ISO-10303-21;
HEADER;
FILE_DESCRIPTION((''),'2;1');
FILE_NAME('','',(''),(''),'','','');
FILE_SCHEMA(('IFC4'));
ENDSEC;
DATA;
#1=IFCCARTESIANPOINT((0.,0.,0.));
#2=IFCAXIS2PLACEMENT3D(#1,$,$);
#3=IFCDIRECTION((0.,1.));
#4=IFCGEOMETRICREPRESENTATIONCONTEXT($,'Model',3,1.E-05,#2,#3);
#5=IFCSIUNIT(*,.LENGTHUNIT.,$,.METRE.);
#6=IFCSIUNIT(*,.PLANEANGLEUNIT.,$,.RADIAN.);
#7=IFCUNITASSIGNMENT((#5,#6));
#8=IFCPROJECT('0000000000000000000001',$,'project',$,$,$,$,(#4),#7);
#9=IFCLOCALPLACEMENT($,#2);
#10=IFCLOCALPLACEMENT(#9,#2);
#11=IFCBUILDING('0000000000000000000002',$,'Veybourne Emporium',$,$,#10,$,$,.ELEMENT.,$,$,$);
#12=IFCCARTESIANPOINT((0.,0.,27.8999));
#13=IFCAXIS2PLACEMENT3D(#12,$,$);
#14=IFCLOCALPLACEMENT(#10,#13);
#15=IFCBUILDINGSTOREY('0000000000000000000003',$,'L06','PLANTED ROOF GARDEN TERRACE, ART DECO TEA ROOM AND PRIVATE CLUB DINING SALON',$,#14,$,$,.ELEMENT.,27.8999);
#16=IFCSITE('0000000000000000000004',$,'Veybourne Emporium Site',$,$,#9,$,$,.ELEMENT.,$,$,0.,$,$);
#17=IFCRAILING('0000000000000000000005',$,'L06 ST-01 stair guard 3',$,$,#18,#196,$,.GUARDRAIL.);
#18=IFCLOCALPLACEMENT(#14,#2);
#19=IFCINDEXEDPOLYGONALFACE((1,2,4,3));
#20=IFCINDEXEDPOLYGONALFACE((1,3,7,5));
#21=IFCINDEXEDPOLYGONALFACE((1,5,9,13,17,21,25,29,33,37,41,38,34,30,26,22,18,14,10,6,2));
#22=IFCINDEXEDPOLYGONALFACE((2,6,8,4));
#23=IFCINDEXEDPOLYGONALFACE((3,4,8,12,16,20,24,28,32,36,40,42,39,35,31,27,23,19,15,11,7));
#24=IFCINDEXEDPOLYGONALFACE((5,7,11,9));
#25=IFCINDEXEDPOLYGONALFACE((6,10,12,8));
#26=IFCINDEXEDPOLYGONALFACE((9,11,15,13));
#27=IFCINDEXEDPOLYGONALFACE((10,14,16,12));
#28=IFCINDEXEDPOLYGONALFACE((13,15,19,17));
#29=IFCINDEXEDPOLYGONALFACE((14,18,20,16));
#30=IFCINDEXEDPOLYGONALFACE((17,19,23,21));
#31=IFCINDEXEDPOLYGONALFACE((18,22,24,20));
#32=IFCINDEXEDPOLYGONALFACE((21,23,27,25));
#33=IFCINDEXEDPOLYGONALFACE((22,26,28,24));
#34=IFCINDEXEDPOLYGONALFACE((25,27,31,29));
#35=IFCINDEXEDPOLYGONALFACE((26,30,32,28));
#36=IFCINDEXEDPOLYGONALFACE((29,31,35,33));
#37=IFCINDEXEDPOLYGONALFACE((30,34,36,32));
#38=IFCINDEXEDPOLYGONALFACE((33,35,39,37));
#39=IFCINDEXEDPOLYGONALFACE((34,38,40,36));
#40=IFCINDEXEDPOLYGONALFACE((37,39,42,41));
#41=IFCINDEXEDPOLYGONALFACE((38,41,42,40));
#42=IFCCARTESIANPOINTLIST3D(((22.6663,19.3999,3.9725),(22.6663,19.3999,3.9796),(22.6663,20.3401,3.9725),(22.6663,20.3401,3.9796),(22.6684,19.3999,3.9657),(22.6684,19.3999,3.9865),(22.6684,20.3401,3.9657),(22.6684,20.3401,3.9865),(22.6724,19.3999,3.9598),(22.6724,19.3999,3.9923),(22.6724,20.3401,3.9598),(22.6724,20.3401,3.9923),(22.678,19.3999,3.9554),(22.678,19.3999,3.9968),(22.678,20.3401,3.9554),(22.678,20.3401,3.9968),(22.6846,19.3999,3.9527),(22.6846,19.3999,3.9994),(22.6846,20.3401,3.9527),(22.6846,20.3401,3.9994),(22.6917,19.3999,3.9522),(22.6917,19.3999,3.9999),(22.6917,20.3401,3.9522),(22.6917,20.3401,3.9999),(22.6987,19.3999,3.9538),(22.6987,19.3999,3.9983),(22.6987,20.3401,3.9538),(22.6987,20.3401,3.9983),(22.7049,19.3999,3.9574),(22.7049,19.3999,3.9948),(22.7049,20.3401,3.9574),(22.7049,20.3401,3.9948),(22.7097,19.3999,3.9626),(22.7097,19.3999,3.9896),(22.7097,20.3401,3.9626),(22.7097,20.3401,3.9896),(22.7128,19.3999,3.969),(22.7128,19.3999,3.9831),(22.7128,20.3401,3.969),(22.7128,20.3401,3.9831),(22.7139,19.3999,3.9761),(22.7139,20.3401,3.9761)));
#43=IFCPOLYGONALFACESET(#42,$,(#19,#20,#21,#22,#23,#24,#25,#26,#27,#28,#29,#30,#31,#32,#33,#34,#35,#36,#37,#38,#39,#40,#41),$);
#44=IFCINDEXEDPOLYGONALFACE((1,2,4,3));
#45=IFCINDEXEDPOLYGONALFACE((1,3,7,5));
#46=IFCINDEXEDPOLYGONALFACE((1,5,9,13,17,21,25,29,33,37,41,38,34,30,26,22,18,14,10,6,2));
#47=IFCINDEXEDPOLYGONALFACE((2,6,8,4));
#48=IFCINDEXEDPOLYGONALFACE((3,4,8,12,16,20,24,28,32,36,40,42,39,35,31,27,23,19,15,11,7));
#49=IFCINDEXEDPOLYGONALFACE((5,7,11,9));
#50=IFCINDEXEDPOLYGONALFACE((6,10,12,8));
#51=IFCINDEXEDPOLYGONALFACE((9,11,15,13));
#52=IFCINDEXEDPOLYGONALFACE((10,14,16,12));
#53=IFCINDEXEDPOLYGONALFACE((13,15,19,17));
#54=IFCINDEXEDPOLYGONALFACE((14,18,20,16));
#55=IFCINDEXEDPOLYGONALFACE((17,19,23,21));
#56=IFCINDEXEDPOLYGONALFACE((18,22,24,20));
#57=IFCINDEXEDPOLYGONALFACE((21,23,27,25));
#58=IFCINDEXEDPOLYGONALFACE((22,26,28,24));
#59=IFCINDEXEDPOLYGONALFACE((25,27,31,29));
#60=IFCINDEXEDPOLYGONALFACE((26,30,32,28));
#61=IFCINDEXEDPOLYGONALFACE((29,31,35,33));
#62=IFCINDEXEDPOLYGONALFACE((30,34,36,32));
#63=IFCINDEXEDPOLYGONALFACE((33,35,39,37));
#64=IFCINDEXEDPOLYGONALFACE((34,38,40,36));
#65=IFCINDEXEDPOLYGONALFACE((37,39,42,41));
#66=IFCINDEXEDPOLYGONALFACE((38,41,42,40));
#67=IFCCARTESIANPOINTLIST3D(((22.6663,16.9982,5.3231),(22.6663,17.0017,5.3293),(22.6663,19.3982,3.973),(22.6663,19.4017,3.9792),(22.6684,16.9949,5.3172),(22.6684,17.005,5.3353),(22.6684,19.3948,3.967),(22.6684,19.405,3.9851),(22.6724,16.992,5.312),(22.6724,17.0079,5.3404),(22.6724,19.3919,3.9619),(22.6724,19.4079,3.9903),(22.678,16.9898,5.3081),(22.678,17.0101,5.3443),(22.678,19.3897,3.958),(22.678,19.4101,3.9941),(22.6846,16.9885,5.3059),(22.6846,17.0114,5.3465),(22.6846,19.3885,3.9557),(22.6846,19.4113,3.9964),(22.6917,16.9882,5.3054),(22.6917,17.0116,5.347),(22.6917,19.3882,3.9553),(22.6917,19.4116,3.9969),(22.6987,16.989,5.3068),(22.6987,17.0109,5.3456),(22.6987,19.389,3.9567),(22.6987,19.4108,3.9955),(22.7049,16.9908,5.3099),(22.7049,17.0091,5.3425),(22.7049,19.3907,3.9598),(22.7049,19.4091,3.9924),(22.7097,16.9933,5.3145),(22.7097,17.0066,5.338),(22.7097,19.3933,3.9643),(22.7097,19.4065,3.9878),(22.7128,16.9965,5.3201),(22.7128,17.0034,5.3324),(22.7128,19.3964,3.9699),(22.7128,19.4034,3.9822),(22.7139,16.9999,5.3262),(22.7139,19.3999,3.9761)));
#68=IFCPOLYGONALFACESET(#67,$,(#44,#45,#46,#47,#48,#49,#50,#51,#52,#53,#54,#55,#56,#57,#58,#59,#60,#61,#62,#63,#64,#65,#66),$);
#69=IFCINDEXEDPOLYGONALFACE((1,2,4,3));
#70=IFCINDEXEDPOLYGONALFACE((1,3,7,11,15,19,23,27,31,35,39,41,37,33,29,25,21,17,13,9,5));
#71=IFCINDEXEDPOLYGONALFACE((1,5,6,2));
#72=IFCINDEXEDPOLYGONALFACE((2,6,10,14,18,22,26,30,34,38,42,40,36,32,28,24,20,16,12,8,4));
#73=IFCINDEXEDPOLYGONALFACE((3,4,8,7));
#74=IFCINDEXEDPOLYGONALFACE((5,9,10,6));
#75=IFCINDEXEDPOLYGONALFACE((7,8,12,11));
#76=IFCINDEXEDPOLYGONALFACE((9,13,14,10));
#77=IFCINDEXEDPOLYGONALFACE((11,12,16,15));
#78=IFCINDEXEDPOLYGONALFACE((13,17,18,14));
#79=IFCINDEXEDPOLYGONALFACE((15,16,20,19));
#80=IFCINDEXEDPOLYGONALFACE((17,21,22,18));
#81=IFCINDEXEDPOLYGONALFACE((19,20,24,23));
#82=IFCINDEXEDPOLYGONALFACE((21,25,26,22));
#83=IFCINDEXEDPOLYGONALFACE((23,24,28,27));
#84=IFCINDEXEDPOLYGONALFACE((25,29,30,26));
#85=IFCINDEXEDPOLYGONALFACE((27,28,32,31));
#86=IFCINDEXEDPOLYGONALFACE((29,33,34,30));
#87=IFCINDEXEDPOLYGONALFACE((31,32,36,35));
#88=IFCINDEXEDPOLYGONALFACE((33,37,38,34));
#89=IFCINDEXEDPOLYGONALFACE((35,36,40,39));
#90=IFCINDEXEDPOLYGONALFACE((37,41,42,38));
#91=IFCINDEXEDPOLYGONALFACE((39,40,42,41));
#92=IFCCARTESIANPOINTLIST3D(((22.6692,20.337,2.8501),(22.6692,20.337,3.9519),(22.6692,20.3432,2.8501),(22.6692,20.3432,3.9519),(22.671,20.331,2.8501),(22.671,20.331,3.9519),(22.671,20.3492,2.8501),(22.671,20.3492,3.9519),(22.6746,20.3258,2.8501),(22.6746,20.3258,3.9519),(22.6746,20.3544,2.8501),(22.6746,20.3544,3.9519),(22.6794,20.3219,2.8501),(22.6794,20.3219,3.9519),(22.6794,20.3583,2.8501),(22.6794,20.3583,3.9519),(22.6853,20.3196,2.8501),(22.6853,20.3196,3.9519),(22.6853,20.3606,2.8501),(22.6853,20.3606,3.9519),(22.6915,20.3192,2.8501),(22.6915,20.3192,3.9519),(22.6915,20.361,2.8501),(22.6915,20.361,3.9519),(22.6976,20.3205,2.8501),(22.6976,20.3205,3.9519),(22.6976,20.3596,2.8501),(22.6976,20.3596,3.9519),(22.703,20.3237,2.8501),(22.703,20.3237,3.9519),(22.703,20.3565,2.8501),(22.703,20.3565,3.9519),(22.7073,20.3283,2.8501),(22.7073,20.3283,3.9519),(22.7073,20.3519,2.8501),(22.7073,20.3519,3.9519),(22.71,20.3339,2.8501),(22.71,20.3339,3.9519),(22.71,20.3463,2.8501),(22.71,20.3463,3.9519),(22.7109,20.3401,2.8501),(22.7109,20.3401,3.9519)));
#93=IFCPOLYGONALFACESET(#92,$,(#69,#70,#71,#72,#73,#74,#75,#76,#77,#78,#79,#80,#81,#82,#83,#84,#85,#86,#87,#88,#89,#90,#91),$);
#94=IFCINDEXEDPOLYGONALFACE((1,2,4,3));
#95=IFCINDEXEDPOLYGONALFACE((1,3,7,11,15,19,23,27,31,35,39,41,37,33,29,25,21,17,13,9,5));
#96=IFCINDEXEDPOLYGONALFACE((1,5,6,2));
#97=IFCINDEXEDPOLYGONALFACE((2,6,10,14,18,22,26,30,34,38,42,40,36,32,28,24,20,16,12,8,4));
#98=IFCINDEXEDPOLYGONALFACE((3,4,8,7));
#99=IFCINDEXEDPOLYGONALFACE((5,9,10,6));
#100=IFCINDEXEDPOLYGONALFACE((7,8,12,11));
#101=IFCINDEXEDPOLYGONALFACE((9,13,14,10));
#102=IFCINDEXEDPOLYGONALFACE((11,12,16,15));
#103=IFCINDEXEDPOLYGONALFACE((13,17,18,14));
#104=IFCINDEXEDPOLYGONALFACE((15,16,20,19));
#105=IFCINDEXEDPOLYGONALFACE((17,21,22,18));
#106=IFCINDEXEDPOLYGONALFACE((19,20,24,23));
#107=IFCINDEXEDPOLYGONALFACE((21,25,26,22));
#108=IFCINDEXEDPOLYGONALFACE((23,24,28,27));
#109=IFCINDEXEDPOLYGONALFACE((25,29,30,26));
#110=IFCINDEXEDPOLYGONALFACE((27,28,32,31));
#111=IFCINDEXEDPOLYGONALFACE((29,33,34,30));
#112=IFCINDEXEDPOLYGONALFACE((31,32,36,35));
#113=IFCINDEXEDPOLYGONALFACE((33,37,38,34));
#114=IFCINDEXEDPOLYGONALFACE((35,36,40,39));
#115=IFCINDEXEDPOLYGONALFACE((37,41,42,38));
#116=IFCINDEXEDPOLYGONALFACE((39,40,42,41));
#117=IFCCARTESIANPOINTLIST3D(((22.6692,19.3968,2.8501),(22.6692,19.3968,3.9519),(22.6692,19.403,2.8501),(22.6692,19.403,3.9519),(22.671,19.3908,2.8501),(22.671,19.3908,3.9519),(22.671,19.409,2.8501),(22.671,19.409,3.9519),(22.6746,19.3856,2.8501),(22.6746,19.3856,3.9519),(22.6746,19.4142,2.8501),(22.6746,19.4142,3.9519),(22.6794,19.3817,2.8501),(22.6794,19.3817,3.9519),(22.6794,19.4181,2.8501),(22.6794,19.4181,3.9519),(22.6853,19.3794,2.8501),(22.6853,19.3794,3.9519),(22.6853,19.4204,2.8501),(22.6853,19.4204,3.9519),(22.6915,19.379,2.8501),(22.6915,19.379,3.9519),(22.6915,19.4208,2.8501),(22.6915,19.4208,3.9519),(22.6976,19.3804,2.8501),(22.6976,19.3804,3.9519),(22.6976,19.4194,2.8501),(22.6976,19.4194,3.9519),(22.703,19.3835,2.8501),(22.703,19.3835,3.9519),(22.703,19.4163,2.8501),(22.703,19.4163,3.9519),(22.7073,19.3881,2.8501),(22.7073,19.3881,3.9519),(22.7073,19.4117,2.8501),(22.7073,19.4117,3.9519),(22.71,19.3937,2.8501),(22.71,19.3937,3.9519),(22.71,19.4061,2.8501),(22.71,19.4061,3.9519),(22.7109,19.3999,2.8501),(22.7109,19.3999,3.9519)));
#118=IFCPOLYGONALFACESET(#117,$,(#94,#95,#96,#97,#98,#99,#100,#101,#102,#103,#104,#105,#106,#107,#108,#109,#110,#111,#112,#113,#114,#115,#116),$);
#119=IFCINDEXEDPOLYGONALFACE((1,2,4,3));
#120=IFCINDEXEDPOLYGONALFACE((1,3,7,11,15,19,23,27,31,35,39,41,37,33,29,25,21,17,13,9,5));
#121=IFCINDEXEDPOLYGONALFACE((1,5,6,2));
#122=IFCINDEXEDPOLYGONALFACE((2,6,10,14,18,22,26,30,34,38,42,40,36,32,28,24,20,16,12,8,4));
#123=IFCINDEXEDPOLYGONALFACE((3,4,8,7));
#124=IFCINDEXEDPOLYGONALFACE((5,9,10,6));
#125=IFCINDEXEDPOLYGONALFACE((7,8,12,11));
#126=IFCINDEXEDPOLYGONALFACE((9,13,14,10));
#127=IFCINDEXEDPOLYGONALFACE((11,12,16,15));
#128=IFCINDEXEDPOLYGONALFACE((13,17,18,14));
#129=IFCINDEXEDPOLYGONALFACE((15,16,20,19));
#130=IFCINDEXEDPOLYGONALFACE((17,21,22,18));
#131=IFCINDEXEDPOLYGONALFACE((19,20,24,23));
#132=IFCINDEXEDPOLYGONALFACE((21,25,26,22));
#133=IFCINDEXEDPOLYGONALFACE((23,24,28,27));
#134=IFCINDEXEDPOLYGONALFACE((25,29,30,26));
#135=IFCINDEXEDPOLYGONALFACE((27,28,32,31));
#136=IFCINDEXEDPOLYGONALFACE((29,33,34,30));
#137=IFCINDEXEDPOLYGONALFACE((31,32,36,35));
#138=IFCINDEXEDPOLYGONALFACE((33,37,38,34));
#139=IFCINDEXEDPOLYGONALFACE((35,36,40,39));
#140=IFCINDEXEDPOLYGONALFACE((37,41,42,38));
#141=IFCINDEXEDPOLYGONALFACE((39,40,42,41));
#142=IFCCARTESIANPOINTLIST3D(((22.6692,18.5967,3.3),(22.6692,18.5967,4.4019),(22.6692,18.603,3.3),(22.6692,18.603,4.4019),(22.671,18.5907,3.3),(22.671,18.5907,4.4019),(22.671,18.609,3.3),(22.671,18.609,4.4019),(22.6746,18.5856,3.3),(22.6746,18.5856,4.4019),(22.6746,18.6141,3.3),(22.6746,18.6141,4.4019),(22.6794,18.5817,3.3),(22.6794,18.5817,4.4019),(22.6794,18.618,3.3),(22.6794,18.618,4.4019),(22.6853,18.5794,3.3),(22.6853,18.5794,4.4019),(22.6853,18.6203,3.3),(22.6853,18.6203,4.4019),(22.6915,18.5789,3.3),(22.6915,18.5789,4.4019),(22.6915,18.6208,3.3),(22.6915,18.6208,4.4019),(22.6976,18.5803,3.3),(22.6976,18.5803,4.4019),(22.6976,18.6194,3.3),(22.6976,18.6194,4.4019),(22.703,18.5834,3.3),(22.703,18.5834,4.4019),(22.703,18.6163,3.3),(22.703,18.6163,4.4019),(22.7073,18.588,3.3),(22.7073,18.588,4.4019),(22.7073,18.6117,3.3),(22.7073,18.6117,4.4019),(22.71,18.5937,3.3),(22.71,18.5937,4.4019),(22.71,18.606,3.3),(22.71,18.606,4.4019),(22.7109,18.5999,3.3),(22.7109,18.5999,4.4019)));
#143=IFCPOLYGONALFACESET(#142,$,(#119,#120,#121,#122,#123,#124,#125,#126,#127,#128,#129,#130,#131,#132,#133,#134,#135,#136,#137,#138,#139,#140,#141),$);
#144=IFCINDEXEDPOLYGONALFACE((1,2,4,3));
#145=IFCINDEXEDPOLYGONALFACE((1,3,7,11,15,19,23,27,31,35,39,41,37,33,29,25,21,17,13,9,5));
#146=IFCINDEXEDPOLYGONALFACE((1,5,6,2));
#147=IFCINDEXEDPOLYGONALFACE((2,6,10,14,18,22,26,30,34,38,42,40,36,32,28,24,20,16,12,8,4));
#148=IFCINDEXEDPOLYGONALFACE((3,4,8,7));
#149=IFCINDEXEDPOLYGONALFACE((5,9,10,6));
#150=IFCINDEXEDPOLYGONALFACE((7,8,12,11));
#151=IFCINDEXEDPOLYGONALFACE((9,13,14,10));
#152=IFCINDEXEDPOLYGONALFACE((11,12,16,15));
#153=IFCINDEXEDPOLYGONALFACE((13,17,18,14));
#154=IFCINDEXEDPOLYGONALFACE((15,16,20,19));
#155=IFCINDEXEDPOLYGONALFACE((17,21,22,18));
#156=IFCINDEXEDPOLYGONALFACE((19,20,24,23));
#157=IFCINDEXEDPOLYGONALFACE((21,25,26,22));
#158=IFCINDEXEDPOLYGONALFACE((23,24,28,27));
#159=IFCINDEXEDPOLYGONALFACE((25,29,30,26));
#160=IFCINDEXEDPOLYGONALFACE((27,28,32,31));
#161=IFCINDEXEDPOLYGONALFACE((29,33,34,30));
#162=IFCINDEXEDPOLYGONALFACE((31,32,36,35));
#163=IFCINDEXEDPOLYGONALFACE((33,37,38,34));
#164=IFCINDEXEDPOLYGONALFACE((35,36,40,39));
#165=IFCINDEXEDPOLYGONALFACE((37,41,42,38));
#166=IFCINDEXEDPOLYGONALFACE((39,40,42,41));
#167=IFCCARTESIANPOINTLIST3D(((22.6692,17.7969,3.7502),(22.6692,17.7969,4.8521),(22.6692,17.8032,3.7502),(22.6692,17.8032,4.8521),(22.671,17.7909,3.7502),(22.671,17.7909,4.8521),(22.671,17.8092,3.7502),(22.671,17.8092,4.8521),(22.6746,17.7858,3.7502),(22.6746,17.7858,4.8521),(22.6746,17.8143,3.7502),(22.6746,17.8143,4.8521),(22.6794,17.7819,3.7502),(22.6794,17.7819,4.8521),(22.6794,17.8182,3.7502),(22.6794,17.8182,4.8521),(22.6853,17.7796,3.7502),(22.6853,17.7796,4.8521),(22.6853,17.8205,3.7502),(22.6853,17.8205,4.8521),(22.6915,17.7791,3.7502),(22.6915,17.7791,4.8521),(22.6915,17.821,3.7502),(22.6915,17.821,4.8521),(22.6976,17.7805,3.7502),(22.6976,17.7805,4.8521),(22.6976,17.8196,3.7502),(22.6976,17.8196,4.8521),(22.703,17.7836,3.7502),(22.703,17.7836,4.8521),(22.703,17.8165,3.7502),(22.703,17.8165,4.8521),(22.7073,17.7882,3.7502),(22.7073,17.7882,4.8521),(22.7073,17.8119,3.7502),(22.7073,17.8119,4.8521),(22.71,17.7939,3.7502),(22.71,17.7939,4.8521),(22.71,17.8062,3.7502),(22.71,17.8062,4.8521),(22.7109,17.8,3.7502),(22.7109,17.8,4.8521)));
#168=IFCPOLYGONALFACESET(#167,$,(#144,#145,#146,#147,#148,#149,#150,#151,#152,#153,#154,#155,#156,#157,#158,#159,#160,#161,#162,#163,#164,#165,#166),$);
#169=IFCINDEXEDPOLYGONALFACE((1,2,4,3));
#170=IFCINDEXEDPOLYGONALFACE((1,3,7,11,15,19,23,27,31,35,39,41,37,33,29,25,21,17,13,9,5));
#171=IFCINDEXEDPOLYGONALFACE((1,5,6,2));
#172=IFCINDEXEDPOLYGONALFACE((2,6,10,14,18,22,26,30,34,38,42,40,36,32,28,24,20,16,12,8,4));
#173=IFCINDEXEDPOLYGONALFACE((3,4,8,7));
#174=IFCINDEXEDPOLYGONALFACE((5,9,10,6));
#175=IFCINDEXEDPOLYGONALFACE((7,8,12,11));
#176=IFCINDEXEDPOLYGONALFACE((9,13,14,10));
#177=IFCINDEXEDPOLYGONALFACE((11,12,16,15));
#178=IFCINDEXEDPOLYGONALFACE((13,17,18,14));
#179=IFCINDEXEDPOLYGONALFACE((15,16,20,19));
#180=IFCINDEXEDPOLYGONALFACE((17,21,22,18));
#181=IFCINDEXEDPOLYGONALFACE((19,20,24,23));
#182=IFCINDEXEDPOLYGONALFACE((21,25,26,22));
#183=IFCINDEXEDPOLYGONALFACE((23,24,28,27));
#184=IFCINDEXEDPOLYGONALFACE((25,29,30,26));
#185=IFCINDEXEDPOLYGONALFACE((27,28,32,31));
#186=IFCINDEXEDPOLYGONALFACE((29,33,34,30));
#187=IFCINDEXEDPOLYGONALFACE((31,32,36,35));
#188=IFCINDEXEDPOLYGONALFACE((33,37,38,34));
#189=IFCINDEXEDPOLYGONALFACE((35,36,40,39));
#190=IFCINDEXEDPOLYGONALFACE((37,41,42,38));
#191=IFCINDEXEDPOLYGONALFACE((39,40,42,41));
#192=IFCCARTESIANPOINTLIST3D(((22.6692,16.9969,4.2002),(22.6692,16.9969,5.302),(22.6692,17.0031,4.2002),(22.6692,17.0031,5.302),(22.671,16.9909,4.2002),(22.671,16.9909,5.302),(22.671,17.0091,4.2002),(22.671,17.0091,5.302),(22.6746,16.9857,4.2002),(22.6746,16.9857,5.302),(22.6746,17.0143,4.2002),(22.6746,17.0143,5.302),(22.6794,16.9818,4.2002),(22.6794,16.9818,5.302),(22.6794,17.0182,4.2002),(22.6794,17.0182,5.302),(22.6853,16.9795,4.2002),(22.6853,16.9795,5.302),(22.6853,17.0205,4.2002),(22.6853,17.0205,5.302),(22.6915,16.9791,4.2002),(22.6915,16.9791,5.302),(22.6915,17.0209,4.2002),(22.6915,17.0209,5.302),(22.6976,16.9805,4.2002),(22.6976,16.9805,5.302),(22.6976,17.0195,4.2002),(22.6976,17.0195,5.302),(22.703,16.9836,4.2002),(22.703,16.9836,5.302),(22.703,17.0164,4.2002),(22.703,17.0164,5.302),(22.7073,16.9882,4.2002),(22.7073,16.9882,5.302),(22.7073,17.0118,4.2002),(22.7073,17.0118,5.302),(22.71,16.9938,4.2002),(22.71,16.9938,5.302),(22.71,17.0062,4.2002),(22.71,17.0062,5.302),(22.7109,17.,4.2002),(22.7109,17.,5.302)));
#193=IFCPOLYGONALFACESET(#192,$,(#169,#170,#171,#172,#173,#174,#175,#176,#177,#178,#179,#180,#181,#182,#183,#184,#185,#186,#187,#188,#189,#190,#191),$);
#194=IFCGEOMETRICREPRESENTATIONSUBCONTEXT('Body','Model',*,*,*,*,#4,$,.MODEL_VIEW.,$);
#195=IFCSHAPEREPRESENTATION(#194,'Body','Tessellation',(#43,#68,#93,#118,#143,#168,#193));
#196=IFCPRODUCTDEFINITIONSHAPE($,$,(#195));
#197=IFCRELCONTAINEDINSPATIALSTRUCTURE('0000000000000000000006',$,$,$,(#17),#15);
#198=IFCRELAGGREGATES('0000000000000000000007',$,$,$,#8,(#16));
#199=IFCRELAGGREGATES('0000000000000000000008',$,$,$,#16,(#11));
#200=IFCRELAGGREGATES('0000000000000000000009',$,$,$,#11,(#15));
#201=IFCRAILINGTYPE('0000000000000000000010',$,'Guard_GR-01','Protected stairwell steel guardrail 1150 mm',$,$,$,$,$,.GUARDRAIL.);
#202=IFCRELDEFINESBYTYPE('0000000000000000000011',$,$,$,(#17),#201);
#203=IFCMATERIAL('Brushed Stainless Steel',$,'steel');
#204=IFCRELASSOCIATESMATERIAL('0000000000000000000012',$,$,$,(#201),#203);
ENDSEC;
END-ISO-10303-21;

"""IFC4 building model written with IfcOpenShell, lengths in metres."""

from ifc_helpers import new_model, si_unit, direction, frame, origin, origin_2d, place, context, subcontext, project, spatial, circle, extrude, material, type_object, element, save


model = new_model("IFC4")

# Units and contexts
model_context = context("Model", 3, precision=1e-05, world=origin(), true_north=direction((0.0, 1.0)))
body_context = subcontext(model_context, "Body", "Model", "MODEL_VIEW")
ifc_project = project(units=[si_unit("LENGTHUNIT", "METRE"), si_unit("PLANEANGLEUNIT", "RADIAN")], contexts=[model_context])

# Site, building, storey
site_placement = place(None, origin())
site = spatial("IfcSite", under=ifc_project, at=site_placement, Name="Veybourne Emporium Site", CompositionType="ELEMENT", RefElevation=0.0)
building_placement = place(site_placement, origin())
building = spatial("IfcBuilding", under=site, at=building_placement, Name="Veybourne Emporium", CompositionType="ELEMENT")
storey_placement = place(building_placement, frame((0.0, 0.0, 27.8999)))
storey = spatial("IfcBuildingStorey", under=building, at=storey_placement, Name="L06", Description="PLANTED ROOF GARDEN TERRACE, ART DECO TEA ROOM AND PRIVATE CLUB DINING SALON", CompositionType="ELEMENT", Elevation=27.8999)

# Railing
ifc_material_1 = material(Name="Brushed Stainless Steel", Category="steel")
railing_type_1 = type_object("IfcRailingType", Name="Guard_GR-01", Description="Protected stairwell steel guardrail 1150 mm", PredefinedType="GUARDRAIL", material=ifc_material_1)
railing_1_placement = place(storey_placement, frame((22.6899, 20.3401, 2.8501)))
element("IfcRailing", 1, at=railing_1_placement, inside=storey, type_object=railing_type_1, Name="L06 ST-01 stair guard 3", PredefinedType="GUARDRAIL", context=body_context, shape_type="SweptSolid", body=[
    extrude(circle(Radius=0.0239, at=origin_2d()), frame((0.0, 0.0, 1.126), z_axis=(0.0, -1.0, 0.0), x_axis=(1.0, 0.0, 0.0)), (0.0, 0.0, 1.0), 0.9402),
    extrude(circle(Radius=0.0239, at=origin_2d()), frame((0.0, -0.9402, 1.126), z_axis=(0.0, -0.871552, 0.490303), x_axis=(1.0, 0.0, 0.0)), (0.0, 0.0, 1.0), 2.7537),
    extrude(circle(Radius=0.021, at=origin_2d()), origin(), (0.0, 0.0, 1.0), 1.1018),
    extrude(circle(Radius=0.021, at=origin_2d()), frame((0.0, -0.9402, 0.0)), (0.0, 0.0, 1.0), 1.1018),
    extrude(circle(Radius=0.021, at=origin_2d()), frame((0.0, -1.7402, 0.45)), (0.0, 0.0, 1.0), 1.1018),
    extrude(circle(Radius=0.021, at=origin_2d()), frame((0.0, -2.54, 0.9001)), (0.0, 0.0, 1.0), 1.1018),
    extrude(circle(Radius=0.021, at=origin_2d()), frame((0.0, -3.3401, 1.3501)), (0.0, 0.0, 1.0), 1.1018),
])

save(model, "model.ifc")
